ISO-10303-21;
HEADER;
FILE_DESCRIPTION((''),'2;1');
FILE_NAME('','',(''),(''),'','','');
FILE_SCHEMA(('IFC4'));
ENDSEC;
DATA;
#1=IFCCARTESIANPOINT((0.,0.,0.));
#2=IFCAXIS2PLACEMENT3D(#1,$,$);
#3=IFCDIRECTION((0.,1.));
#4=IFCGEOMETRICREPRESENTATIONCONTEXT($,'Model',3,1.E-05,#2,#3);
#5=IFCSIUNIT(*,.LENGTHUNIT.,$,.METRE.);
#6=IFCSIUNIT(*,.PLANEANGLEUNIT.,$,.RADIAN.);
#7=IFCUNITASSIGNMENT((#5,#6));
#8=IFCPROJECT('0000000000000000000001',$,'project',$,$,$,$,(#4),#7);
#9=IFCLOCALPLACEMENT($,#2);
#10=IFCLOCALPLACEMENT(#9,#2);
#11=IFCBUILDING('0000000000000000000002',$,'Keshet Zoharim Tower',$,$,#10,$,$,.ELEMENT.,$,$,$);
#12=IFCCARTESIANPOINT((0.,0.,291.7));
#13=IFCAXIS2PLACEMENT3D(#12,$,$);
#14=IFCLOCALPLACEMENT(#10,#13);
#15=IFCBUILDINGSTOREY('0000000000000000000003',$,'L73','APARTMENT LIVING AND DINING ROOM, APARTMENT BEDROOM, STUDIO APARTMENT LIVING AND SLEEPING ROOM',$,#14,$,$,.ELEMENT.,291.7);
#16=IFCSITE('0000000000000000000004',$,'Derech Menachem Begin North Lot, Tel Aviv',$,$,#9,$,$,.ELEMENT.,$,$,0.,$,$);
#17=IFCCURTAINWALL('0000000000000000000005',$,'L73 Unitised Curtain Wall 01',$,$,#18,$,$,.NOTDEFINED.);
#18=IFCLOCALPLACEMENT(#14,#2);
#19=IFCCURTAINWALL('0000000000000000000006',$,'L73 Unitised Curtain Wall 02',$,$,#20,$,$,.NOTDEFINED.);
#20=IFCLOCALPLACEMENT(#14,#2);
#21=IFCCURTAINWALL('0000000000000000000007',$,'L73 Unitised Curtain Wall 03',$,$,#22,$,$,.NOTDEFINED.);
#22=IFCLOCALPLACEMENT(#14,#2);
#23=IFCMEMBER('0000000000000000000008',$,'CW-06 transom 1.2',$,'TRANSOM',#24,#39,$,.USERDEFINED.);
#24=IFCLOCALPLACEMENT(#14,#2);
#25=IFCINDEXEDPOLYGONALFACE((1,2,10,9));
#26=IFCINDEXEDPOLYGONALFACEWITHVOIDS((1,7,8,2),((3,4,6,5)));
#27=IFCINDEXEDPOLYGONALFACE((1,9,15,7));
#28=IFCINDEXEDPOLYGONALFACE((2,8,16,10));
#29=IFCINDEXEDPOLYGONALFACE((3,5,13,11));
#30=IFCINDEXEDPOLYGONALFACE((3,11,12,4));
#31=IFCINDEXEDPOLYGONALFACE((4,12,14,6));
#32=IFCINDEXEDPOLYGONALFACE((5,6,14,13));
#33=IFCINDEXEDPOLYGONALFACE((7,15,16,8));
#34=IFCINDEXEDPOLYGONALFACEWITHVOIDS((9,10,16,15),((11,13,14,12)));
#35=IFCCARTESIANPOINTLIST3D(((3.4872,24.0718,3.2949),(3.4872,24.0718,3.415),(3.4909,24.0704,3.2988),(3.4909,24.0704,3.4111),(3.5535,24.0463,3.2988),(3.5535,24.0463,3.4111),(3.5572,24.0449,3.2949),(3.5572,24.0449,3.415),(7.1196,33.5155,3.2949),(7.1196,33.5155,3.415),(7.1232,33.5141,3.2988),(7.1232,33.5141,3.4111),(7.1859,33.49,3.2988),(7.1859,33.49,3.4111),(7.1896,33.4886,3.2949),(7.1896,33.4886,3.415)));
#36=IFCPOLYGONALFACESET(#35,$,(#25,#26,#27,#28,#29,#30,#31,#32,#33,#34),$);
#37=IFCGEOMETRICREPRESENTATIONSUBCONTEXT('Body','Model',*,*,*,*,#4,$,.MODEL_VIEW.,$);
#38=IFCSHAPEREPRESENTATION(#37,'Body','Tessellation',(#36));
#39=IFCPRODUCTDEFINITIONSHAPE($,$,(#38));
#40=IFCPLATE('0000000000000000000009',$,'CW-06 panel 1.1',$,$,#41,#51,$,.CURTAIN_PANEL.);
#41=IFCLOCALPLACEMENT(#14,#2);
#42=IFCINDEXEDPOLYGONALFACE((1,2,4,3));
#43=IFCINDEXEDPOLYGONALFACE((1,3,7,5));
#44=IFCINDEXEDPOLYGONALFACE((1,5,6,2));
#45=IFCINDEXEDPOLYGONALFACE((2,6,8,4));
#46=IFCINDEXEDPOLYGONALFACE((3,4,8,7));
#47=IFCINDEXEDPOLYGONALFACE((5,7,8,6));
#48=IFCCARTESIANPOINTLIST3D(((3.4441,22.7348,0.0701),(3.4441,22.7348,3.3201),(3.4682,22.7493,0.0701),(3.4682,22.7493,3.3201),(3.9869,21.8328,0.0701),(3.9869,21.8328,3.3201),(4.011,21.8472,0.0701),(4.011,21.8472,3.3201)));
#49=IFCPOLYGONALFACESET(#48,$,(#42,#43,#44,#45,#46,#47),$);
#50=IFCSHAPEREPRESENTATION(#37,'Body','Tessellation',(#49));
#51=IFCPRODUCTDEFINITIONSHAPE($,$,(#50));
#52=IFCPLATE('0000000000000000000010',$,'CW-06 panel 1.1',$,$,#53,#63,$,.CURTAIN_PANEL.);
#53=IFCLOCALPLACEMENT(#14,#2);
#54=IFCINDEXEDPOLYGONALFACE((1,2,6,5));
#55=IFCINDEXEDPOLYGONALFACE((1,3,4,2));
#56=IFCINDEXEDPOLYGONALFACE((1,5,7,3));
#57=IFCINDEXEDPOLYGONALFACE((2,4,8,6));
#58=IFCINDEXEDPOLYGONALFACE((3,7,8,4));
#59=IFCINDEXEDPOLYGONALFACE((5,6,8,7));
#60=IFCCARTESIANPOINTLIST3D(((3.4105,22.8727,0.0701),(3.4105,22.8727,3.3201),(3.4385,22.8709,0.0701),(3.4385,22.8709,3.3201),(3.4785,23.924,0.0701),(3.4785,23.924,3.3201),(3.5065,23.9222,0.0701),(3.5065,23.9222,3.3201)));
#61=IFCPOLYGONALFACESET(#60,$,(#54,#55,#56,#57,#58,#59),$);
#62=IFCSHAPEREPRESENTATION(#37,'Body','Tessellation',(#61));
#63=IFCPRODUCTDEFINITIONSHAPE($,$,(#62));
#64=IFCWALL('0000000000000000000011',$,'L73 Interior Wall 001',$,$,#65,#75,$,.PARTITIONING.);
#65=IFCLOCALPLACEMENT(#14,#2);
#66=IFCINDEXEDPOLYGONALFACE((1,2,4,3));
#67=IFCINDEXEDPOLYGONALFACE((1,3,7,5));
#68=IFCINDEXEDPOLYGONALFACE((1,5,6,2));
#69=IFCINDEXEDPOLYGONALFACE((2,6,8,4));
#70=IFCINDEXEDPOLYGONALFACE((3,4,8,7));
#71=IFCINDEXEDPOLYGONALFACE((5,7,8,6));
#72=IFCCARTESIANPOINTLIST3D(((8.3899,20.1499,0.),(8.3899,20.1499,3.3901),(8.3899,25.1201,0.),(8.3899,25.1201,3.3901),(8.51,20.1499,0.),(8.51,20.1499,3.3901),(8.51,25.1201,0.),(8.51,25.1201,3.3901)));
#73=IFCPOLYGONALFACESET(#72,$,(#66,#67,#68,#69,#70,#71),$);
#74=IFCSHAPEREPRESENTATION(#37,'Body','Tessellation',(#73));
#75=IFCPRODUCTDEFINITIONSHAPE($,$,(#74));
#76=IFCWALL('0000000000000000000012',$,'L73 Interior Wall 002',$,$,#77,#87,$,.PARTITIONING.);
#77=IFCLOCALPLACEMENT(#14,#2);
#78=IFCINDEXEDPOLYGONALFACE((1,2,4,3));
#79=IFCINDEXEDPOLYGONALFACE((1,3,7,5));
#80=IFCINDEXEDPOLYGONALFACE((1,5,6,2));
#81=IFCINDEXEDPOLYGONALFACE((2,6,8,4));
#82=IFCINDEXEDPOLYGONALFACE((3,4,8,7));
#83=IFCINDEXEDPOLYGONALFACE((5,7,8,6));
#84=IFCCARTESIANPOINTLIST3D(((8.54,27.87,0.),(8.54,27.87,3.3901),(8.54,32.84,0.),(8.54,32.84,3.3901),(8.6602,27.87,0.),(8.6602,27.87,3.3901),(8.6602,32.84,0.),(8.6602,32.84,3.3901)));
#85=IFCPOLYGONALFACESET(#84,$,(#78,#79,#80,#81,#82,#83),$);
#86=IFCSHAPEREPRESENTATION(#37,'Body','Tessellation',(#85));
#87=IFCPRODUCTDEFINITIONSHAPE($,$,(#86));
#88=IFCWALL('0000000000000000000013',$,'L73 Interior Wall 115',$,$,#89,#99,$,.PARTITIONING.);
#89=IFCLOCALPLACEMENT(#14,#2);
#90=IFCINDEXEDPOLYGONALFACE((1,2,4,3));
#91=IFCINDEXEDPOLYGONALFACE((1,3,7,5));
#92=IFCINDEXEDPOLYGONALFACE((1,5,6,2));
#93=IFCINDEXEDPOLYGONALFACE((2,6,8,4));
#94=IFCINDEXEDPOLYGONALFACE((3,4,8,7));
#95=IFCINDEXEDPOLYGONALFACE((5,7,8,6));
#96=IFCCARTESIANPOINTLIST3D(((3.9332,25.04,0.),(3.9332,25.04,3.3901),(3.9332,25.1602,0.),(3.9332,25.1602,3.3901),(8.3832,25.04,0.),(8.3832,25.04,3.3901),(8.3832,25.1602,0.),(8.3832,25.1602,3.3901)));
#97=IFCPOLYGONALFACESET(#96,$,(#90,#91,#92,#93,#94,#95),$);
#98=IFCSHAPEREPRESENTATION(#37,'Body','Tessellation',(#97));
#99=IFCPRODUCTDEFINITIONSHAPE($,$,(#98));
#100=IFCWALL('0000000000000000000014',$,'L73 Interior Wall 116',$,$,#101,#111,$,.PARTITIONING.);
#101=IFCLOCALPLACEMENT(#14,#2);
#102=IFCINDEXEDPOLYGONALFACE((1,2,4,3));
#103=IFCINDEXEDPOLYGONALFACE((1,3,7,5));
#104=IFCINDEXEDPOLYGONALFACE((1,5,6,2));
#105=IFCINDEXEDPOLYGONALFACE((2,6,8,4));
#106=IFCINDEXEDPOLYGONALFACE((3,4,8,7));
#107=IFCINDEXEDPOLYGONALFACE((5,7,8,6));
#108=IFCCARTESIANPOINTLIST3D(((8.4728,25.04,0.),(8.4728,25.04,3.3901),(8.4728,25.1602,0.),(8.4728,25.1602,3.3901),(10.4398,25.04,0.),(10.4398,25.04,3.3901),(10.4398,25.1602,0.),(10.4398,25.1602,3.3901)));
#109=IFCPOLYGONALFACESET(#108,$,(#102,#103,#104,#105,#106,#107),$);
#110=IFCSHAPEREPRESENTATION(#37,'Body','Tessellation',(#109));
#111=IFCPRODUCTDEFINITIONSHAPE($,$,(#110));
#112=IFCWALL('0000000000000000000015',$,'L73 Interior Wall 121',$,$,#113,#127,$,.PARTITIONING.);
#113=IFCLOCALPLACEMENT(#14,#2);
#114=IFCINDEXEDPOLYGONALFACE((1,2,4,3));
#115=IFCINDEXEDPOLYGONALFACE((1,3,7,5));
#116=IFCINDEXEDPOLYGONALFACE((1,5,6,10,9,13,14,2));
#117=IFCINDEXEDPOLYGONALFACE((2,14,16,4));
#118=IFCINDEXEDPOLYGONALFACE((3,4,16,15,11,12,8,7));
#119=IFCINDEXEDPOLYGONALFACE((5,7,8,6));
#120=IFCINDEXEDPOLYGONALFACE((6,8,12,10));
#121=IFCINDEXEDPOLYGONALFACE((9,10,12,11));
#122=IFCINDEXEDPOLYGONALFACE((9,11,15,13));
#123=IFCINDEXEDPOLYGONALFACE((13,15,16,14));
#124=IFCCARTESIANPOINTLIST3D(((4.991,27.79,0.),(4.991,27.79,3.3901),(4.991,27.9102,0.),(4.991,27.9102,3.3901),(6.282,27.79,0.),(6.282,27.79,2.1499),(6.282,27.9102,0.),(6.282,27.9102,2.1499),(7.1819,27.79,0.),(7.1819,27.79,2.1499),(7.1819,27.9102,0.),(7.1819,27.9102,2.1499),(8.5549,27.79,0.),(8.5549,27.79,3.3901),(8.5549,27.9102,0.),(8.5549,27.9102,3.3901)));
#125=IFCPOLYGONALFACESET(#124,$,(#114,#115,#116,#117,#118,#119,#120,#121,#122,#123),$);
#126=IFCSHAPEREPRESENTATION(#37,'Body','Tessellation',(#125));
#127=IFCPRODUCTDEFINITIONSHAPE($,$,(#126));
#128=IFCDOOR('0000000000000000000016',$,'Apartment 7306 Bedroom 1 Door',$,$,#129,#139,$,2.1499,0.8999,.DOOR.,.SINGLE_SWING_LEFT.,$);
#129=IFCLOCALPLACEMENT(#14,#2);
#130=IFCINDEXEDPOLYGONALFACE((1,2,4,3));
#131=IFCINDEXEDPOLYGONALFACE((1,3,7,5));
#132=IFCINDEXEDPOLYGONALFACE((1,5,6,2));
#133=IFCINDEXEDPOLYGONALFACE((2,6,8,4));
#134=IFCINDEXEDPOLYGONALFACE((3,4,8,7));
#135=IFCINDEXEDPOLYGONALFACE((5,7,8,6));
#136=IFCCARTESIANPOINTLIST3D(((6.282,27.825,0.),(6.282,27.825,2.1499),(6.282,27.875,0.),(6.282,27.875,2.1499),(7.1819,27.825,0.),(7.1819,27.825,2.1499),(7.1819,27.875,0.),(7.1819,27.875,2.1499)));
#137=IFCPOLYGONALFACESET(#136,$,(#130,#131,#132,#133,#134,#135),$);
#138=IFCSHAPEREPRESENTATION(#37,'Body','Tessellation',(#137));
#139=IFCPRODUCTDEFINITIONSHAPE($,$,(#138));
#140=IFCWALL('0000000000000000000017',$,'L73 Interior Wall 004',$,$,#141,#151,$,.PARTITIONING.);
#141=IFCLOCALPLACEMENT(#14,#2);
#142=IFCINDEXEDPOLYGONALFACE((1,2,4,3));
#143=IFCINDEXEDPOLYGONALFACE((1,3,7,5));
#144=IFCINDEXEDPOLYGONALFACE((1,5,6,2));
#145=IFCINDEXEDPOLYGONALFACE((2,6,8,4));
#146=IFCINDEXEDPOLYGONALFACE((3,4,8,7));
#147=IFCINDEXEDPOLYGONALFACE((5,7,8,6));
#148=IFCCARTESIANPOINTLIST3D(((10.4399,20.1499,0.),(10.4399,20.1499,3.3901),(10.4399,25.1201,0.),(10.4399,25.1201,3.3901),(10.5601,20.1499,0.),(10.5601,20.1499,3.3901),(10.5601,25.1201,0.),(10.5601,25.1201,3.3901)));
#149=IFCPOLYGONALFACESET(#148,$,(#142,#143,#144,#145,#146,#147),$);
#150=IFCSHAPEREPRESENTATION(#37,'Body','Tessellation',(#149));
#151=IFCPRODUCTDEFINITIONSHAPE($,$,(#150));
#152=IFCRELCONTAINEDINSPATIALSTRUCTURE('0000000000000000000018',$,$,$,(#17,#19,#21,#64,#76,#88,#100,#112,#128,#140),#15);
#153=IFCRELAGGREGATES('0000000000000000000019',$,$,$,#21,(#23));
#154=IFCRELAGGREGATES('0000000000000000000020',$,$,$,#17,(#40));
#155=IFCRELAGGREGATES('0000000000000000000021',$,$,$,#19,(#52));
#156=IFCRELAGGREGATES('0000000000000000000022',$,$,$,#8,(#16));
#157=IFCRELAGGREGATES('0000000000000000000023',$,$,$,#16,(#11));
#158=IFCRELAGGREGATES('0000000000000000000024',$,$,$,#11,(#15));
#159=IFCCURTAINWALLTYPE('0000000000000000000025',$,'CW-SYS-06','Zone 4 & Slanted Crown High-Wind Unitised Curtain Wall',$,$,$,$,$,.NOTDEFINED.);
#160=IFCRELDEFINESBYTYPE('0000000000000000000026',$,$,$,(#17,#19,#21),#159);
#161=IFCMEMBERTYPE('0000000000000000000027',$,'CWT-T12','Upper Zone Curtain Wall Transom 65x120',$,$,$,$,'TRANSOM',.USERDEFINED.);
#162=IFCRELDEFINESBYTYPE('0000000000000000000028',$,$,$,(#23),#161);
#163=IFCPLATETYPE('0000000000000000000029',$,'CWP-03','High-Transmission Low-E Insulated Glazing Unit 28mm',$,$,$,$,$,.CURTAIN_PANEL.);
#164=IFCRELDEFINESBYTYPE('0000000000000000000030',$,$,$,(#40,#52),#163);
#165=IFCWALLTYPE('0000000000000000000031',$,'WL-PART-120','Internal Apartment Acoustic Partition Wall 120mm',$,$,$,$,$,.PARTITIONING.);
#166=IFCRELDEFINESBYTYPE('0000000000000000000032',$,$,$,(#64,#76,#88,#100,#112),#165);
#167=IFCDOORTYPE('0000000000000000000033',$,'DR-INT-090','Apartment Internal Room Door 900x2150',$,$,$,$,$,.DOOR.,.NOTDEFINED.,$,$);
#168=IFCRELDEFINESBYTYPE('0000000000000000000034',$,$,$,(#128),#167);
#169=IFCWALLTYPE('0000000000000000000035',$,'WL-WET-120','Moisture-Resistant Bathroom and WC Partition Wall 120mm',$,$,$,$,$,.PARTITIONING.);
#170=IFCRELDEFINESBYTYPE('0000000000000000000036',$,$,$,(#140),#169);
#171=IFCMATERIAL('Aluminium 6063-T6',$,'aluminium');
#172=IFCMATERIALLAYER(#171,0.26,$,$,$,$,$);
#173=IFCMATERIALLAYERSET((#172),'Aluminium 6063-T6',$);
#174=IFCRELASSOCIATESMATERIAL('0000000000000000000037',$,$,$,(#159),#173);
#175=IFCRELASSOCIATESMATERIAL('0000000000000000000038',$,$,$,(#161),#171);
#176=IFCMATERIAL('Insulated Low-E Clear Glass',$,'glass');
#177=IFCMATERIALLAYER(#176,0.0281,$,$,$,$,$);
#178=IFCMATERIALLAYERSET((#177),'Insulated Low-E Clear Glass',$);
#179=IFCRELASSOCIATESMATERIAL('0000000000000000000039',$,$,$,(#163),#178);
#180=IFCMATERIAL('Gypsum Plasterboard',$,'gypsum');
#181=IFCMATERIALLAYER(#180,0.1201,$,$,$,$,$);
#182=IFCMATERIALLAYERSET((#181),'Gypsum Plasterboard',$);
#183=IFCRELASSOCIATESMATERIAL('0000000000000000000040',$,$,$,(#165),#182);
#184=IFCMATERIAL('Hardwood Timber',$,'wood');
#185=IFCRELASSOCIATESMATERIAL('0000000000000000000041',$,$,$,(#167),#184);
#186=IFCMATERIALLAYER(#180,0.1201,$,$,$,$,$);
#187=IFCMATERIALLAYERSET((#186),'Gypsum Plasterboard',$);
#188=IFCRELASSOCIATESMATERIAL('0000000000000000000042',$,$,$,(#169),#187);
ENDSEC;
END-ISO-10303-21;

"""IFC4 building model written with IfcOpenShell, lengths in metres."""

from ifc_helpers import new_model, si_unit, direction, frame, frame_2d, origin, origin_2d, place, context, subcontext, project, spatial, rectangle, hollow_rectangle, extrude, material, layer, layer_set, material_profile, profile_set, type_object, element, fill, aggregate, save


model = new_model("IFC4")

# Units and contexts
model_context = context("Model", 3, precision=1e-05, world=origin(), true_north=direction((0.0, 1.0)))
body_context = subcontext(model_context, "Body", "Model", "MODEL_VIEW")
ifc_project = project(units=[si_unit("LENGTHUNIT", "METRE"), si_unit("PLANEANGLEUNIT", "RADIAN")], contexts=[model_context])

# Site, building, storey
site_placement = place(None, origin())
site = spatial("IfcSite", under=ifc_project, at=site_placement, Name="Derech Menachem Begin North Lot, Tel Aviv", CompositionType="ELEMENT", RefElevation=0.0)
building_placement = place(site_placement, origin())
building = spatial("IfcBuilding", under=site, at=building_placement, Name="Keshet Zoharim Tower", CompositionType="ELEMENT")
storey_placement = place(building_placement, frame((0.0, 0.0, 291.7)))
storey = spatial("IfcBuildingStorey", under=building, at=storey_placement, Name="L73", Description="APARTMENT LIVING AND DINING ROOM, APARTMENT BEDROOM, STUDIO APARTMENT LIVING AND SLEEPING ROOM", CompositionType="ELEMENT", Elevation=291.7)

# Curtain walls
ifc_material_1 = material(Name="Aluminium 6063-T6", Category="aluminium")
ifc_layer_1 = layer(ifc_material_1, 0.26)
ifc_layer_set_1 = layer_set([ifc_layer_1], Name="Aluminium 6063-T6")
curtain_wall_type = type_object("IfcCurtainWallType", Name="CW-SYS-06", Description="Zone 4 & Slanted Crown High-Wind Unitised Curtain Wall", PredefinedType="NOTDEFINED", material=ifc_layer_set_1)
curtain_wall_1_placement = place(storey_placement, origin())
curtain_wall_1 = element("IfcCurtainWall", 1, at=curtain_wall_1_placement, inside=storey, type_object=curtain_wall_type, Name="L73 Unitised Curtain Wall 01", PredefinedType="NOTDEFINED")
curtain_wall_2_placement = place(storey_placement, origin())
curtain_wall_2 = element("IfcCurtainWall", 2, at=curtain_wall_2_placement, inside=storey, type_object=curtain_wall_type, Name="L73 Unitised Curtain Wall 02", PredefinedType="NOTDEFINED")

# Curtain wall
curtain_wall_3_placement = place(storey_placement, origin())
curtain_wall_3 = element("IfcCurtainWall", 3, at=curtain_wall_3_placement, inside=storey, type_object=curtain_wall_type, Name="L73 Unitised Curtain Wall 03", PredefinedType="NOTDEFINED")

# Member
ifc_material_profile_1 = material_profile(ifc_material_1, hollow_rectangle(XDim=0.075, YDim=0.1201, WallThickness=0.0039, at=origin_2d()), Name="TRN-75x120")
ifc_profile_set_1 = profile_set([ifc_material_profile_1], Name="Aluminium 6063-T6")
member_type_1 = type_object("IfcMemberType", Name="CWT-T12", Description="Upper Zone Curtain Wall Transom 65x120", ElementType="TRANSOM", PredefinedType="USERDEFINED", material=ifc_profile_set_1)
member_1_placement = place(storey_placement, frame((3.5222, 24.0583, 3.355), z_axis=(0.358994, 0.93334, 0.0), x_axis=(-0.93334, 0.358994, 0.0)))
member_1 = element("IfcMember", 4, at=member_1_placement, type_object=member_type_1, Name="CW-06 transom 1.2", ObjectType="TRANSOM", PredefinedType="USERDEFINED", context=body_context, shape_type="SweptSolid", body=[
    extrude(hollow_rectangle(XDim=0.075, YDim=0.1201, WallThickness=0.0039, at=origin_2d()), origin(), (0.0, 0.0, 1.0), 10.1182),
])
aggregate(curtain_wall_3, [member_1])

# Plates
ifc_material_2 = material(Name="Insulated Low-E Clear Glass", Category="glass")
ifc_layer_2 = layer(ifc_material_2, 0.0281)
ifc_layer_set_2 = layer_set([ifc_layer_2], Name="Insulated Low-E Clear Glass")
plate_type = type_object("IfcPlateType", Name="CWP-03", Description="High-Transmission Low-E Insulated Glazing Unit 28mm", PredefinedType="CURTAIN_PANEL", material=ifc_layer_set_2)
plate_1_placement = place(storey_placement, frame((3.7275, 22.291, 0.0701), z_axis=(0.0, 0.0, 1.0), x_axis=(-0.515605, 0.856826, 0.0)))
plate_1 = element("IfcPlate", 5, at=plate_1_placement, type_object=plate_type, Name="CW-06 panel 1.1", PredefinedType="CURTAIN_PANEL", context=body_context, shape_type="SweptSolid", body=[
    extrude(rectangle(XDim=1.0527, YDim=0.0281, at=origin_2d()), origin(), (0.0, 0.0, 1.0), 3.25),
])
aggregate(curtain_wall_1, [plate_1])
plate_2_placement = place(storey_placement, frame((3.4585, 23.3975, 0.0701), z_axis=(0.0, 0.0, 1.0), x_axis=(0.064517, 0.997917, 0.0)))
plate_2 = element("IfcPlate", 6, at=plate_2_placement, type_object=plate_type, Name="CW-06 panel 1.1", PredefinedType="CURTAIN_PANEL", context=body_context, shape_type="SweptSolid", body=[
    extrude(rectangle(XDim=1.0535, YDim=0.0281, at=origin_2d()), origin(), (0.0, 0.0, 1.0), 3.25),
])
aggregate(curtain_wall_2, [plate_2])

# Walls
ifc_material_3 = material(Name="Gypsum Plasterboard", Category="gypsum")
ifc_layer_3 = layer(ifc_material_3, 0.1201)
ifc_layer_set_3 = layer_set([ifc_layer_3], Name="Gypsum Plasterboard")
wall_type_1 = type_object("IfcWallType", Name="WL-PART-120", Description="Internal Apartment Acoustic Partition Wall 120mm", PredefinedType="PARTITIONING", material=ifc_layer_set_3)
wall_1_placement = place(storey_placement, frame((8.45, 20.1499, 0.0), z_axis=(0.0, 0.0, 1.0), x_axis=(0.0, 1.0, 0.0)))
element("IfcWall", 7, at=wall_1_placement, inside=storey, type_object=wall_type_1, Name="L73 Interior Wall 001", PredefinedType="PARTITIONING", context=body_context, shape_type="SweptSolid", body=[
    extrude(rectangle(XDim=4.9702, YDim=0.1201, at=frame_2d((2.4851, 0.0))), origin(), (0.0, 0.0, 1.0), 3.3901),
])
wall_2_placement = place(storey_placement, frame((8.6001, 27.8701, 0.0), z_axis=(0.0, 0.0, 1.0), x_axis=(0.0, 1.0, 0.0)))
element("IfcWall", 8, at=wall_2_placement, inside=storey, type_object=wall_type_1, Name="L73 Interior Wall 002", PredefinedType="PARTITIONING", context=body_context, shape_type="SweptSolid", body=[
    extrude(rectangle(XDim=4.97, YDim=0.1201, at=frame_2d((2.4849, 0.0))), origin(), (0.0, 0.0, 1.0), 3.3901),
])

# Shared definitions
ifc_material_4 = material(Name="Hardwood Timber", Category="wood")
door_type = type_object("IfcDoorType", Name="DR-INT-090", Description="Apartment Internal Room Door 900x2150", OperationType="NOTDEFINED", PredefinedType="DOOR", material=ifc_material_4)

# Walls
wall_3_placement = place(storey_placement, frame((3.9331, 25.1001, 0.0), z_axis=(0.0, 0.0, 1.0), x_axis=(1.0, 0.0, 0.0)))
element("IfcWall", 9, at=wall_3_placement, inside=storey, type_object=wall_type_1, Name="L73 Interior Wall 115", PredefinedType="PARTITIONING", context=body_context, shape_type="SweptSolid", body=[
    extrude(rectangle(XDim=4.45, YDim=0.1201, at=frame_2d((2.2251, 0.0))), origin(), (0.0, 0.0, 1.0), 3.3901),
])
wall_4_placement = place(storey_placement, frame((8.4729, 25.1001, 0.0), z_axis=(0.0, 0.0, 1.0), x_axis=(1.0, 0.0, 0.0)))
element("IfcWall", 10, at=wall_4_placement, inside=storey, type_object=wall_type_1, Name="L73 Interior Wall 116", PredefinedType="PARTITIONING", context=body_context, shape_type="SweptSolid", body=[
    extrude(rectangle(XDim=1.967, YDim=0.1201, at=frame_2d((0.9834, 0.0))), origin(), (0.0, 0.0, 1.0), 3.3901),
])

# Wall, opening, door
wall_5_placement = place(storey_placement, frame((4.991, 27.8501, 0.0), z_axis=(0.0, 0.0, 1.0), x_axis=(1.0, 0.0, 0.0)))
wall_5 = element("IfcWall", 11, at=wall_5_placement, inside=storey, type_object=wall_type_1, Name="L73 Interior Wall 121", PredefinedType="PARTITIONING", context=body_context, shape_type="SweptSolid", body=[
    extrude(rectangle(XDim=3.564, YDim=0.1201, at=frame_2d((1.782, 0.0))), origin(), (0.0, 0.0, 1.0), 3.3901),
])
opening_1_placement = place(wall_5_placement, frame((1.291, 0.0, 0.0)))
opening_1 = element("IfcOpeningElement", 12, at=opening_1_placement, cuts=wall_5, PredefinedType="OPENING", context=body_context, shape_type="SweptSolid", body=[
    extrude(rectangle(XDim=0.8999, YDim=2.1499, at=frame_2d((0.45, 1.075))), frame((0.0, 0.0701, 0.0), z_axis=(0.0, -1.0, 0.0), x_axis=(1.0, 0.0, 0.0)), (0.0, 0.0, 1.0), 0.1401),
])
door_1_placement = place(opening_1_placement, origin())
door_1 = element("IfcDoor", 13, at=door_1_placement, inside=storey, type_object=door_type, Name="Apartment 7306 Bedroom 1 Door", OperationType="SINGLE_SWING_LEFT", OverallHeight=2.1499, OverallWidth=0.8999, PredefinedType="DOOR", context=body_context, shape_type="SweptSolid", body=[
    extrude(rectangle(XDim=0.8999, YDim=2.1499, at=frame_2d((0.45, 1.075))), frame((0.0, 0.0249, 0.0), z_axis=(0.0, -1.0, 0.0), x_axis=(1.0, 0.0, 0.0)), (0.0, 0.0, 1.0), 0.05),
])
fill(opening_1, door_1)

# Wall
ifc_layer_4 = layer(ifc_material_3, 0.1201)
ifc_layer_set_4 = layer_set([ifc_layer_4], Name="Gypsum Plasterboard")
wall_type_2 = type_object("IfcWallType", Name="WL-WET-120", Description="Moisture-Resistant Bathroom and WC Partition Wall 120mm", PredefinedType="PARTITIONING", material=ifc_layer_set_4)
wall_6_placement = place(storey_placement, frame((10.5, 20.1499, 0.0), z_axis=(0.0, 0.0, 1.0), x_axis=(0.0, 1.0, 0.0)))
element("IfcWall", 14, at=wall_6_placement, inside=storey, type_object=wall_type_2, Name="L73 Interior Wall 004", PredefinedType="PARTITIONING", context=body_context, shape_type="SweptSolid", body=[
    extrude(rectangle(XDim=4.9702, YDim=0.1201, at=frame_2d((2.4851, 0.0))), origin(), (0.0, 0.0, 1.0), 3.3901),
])

save(model, "model.ifc")
